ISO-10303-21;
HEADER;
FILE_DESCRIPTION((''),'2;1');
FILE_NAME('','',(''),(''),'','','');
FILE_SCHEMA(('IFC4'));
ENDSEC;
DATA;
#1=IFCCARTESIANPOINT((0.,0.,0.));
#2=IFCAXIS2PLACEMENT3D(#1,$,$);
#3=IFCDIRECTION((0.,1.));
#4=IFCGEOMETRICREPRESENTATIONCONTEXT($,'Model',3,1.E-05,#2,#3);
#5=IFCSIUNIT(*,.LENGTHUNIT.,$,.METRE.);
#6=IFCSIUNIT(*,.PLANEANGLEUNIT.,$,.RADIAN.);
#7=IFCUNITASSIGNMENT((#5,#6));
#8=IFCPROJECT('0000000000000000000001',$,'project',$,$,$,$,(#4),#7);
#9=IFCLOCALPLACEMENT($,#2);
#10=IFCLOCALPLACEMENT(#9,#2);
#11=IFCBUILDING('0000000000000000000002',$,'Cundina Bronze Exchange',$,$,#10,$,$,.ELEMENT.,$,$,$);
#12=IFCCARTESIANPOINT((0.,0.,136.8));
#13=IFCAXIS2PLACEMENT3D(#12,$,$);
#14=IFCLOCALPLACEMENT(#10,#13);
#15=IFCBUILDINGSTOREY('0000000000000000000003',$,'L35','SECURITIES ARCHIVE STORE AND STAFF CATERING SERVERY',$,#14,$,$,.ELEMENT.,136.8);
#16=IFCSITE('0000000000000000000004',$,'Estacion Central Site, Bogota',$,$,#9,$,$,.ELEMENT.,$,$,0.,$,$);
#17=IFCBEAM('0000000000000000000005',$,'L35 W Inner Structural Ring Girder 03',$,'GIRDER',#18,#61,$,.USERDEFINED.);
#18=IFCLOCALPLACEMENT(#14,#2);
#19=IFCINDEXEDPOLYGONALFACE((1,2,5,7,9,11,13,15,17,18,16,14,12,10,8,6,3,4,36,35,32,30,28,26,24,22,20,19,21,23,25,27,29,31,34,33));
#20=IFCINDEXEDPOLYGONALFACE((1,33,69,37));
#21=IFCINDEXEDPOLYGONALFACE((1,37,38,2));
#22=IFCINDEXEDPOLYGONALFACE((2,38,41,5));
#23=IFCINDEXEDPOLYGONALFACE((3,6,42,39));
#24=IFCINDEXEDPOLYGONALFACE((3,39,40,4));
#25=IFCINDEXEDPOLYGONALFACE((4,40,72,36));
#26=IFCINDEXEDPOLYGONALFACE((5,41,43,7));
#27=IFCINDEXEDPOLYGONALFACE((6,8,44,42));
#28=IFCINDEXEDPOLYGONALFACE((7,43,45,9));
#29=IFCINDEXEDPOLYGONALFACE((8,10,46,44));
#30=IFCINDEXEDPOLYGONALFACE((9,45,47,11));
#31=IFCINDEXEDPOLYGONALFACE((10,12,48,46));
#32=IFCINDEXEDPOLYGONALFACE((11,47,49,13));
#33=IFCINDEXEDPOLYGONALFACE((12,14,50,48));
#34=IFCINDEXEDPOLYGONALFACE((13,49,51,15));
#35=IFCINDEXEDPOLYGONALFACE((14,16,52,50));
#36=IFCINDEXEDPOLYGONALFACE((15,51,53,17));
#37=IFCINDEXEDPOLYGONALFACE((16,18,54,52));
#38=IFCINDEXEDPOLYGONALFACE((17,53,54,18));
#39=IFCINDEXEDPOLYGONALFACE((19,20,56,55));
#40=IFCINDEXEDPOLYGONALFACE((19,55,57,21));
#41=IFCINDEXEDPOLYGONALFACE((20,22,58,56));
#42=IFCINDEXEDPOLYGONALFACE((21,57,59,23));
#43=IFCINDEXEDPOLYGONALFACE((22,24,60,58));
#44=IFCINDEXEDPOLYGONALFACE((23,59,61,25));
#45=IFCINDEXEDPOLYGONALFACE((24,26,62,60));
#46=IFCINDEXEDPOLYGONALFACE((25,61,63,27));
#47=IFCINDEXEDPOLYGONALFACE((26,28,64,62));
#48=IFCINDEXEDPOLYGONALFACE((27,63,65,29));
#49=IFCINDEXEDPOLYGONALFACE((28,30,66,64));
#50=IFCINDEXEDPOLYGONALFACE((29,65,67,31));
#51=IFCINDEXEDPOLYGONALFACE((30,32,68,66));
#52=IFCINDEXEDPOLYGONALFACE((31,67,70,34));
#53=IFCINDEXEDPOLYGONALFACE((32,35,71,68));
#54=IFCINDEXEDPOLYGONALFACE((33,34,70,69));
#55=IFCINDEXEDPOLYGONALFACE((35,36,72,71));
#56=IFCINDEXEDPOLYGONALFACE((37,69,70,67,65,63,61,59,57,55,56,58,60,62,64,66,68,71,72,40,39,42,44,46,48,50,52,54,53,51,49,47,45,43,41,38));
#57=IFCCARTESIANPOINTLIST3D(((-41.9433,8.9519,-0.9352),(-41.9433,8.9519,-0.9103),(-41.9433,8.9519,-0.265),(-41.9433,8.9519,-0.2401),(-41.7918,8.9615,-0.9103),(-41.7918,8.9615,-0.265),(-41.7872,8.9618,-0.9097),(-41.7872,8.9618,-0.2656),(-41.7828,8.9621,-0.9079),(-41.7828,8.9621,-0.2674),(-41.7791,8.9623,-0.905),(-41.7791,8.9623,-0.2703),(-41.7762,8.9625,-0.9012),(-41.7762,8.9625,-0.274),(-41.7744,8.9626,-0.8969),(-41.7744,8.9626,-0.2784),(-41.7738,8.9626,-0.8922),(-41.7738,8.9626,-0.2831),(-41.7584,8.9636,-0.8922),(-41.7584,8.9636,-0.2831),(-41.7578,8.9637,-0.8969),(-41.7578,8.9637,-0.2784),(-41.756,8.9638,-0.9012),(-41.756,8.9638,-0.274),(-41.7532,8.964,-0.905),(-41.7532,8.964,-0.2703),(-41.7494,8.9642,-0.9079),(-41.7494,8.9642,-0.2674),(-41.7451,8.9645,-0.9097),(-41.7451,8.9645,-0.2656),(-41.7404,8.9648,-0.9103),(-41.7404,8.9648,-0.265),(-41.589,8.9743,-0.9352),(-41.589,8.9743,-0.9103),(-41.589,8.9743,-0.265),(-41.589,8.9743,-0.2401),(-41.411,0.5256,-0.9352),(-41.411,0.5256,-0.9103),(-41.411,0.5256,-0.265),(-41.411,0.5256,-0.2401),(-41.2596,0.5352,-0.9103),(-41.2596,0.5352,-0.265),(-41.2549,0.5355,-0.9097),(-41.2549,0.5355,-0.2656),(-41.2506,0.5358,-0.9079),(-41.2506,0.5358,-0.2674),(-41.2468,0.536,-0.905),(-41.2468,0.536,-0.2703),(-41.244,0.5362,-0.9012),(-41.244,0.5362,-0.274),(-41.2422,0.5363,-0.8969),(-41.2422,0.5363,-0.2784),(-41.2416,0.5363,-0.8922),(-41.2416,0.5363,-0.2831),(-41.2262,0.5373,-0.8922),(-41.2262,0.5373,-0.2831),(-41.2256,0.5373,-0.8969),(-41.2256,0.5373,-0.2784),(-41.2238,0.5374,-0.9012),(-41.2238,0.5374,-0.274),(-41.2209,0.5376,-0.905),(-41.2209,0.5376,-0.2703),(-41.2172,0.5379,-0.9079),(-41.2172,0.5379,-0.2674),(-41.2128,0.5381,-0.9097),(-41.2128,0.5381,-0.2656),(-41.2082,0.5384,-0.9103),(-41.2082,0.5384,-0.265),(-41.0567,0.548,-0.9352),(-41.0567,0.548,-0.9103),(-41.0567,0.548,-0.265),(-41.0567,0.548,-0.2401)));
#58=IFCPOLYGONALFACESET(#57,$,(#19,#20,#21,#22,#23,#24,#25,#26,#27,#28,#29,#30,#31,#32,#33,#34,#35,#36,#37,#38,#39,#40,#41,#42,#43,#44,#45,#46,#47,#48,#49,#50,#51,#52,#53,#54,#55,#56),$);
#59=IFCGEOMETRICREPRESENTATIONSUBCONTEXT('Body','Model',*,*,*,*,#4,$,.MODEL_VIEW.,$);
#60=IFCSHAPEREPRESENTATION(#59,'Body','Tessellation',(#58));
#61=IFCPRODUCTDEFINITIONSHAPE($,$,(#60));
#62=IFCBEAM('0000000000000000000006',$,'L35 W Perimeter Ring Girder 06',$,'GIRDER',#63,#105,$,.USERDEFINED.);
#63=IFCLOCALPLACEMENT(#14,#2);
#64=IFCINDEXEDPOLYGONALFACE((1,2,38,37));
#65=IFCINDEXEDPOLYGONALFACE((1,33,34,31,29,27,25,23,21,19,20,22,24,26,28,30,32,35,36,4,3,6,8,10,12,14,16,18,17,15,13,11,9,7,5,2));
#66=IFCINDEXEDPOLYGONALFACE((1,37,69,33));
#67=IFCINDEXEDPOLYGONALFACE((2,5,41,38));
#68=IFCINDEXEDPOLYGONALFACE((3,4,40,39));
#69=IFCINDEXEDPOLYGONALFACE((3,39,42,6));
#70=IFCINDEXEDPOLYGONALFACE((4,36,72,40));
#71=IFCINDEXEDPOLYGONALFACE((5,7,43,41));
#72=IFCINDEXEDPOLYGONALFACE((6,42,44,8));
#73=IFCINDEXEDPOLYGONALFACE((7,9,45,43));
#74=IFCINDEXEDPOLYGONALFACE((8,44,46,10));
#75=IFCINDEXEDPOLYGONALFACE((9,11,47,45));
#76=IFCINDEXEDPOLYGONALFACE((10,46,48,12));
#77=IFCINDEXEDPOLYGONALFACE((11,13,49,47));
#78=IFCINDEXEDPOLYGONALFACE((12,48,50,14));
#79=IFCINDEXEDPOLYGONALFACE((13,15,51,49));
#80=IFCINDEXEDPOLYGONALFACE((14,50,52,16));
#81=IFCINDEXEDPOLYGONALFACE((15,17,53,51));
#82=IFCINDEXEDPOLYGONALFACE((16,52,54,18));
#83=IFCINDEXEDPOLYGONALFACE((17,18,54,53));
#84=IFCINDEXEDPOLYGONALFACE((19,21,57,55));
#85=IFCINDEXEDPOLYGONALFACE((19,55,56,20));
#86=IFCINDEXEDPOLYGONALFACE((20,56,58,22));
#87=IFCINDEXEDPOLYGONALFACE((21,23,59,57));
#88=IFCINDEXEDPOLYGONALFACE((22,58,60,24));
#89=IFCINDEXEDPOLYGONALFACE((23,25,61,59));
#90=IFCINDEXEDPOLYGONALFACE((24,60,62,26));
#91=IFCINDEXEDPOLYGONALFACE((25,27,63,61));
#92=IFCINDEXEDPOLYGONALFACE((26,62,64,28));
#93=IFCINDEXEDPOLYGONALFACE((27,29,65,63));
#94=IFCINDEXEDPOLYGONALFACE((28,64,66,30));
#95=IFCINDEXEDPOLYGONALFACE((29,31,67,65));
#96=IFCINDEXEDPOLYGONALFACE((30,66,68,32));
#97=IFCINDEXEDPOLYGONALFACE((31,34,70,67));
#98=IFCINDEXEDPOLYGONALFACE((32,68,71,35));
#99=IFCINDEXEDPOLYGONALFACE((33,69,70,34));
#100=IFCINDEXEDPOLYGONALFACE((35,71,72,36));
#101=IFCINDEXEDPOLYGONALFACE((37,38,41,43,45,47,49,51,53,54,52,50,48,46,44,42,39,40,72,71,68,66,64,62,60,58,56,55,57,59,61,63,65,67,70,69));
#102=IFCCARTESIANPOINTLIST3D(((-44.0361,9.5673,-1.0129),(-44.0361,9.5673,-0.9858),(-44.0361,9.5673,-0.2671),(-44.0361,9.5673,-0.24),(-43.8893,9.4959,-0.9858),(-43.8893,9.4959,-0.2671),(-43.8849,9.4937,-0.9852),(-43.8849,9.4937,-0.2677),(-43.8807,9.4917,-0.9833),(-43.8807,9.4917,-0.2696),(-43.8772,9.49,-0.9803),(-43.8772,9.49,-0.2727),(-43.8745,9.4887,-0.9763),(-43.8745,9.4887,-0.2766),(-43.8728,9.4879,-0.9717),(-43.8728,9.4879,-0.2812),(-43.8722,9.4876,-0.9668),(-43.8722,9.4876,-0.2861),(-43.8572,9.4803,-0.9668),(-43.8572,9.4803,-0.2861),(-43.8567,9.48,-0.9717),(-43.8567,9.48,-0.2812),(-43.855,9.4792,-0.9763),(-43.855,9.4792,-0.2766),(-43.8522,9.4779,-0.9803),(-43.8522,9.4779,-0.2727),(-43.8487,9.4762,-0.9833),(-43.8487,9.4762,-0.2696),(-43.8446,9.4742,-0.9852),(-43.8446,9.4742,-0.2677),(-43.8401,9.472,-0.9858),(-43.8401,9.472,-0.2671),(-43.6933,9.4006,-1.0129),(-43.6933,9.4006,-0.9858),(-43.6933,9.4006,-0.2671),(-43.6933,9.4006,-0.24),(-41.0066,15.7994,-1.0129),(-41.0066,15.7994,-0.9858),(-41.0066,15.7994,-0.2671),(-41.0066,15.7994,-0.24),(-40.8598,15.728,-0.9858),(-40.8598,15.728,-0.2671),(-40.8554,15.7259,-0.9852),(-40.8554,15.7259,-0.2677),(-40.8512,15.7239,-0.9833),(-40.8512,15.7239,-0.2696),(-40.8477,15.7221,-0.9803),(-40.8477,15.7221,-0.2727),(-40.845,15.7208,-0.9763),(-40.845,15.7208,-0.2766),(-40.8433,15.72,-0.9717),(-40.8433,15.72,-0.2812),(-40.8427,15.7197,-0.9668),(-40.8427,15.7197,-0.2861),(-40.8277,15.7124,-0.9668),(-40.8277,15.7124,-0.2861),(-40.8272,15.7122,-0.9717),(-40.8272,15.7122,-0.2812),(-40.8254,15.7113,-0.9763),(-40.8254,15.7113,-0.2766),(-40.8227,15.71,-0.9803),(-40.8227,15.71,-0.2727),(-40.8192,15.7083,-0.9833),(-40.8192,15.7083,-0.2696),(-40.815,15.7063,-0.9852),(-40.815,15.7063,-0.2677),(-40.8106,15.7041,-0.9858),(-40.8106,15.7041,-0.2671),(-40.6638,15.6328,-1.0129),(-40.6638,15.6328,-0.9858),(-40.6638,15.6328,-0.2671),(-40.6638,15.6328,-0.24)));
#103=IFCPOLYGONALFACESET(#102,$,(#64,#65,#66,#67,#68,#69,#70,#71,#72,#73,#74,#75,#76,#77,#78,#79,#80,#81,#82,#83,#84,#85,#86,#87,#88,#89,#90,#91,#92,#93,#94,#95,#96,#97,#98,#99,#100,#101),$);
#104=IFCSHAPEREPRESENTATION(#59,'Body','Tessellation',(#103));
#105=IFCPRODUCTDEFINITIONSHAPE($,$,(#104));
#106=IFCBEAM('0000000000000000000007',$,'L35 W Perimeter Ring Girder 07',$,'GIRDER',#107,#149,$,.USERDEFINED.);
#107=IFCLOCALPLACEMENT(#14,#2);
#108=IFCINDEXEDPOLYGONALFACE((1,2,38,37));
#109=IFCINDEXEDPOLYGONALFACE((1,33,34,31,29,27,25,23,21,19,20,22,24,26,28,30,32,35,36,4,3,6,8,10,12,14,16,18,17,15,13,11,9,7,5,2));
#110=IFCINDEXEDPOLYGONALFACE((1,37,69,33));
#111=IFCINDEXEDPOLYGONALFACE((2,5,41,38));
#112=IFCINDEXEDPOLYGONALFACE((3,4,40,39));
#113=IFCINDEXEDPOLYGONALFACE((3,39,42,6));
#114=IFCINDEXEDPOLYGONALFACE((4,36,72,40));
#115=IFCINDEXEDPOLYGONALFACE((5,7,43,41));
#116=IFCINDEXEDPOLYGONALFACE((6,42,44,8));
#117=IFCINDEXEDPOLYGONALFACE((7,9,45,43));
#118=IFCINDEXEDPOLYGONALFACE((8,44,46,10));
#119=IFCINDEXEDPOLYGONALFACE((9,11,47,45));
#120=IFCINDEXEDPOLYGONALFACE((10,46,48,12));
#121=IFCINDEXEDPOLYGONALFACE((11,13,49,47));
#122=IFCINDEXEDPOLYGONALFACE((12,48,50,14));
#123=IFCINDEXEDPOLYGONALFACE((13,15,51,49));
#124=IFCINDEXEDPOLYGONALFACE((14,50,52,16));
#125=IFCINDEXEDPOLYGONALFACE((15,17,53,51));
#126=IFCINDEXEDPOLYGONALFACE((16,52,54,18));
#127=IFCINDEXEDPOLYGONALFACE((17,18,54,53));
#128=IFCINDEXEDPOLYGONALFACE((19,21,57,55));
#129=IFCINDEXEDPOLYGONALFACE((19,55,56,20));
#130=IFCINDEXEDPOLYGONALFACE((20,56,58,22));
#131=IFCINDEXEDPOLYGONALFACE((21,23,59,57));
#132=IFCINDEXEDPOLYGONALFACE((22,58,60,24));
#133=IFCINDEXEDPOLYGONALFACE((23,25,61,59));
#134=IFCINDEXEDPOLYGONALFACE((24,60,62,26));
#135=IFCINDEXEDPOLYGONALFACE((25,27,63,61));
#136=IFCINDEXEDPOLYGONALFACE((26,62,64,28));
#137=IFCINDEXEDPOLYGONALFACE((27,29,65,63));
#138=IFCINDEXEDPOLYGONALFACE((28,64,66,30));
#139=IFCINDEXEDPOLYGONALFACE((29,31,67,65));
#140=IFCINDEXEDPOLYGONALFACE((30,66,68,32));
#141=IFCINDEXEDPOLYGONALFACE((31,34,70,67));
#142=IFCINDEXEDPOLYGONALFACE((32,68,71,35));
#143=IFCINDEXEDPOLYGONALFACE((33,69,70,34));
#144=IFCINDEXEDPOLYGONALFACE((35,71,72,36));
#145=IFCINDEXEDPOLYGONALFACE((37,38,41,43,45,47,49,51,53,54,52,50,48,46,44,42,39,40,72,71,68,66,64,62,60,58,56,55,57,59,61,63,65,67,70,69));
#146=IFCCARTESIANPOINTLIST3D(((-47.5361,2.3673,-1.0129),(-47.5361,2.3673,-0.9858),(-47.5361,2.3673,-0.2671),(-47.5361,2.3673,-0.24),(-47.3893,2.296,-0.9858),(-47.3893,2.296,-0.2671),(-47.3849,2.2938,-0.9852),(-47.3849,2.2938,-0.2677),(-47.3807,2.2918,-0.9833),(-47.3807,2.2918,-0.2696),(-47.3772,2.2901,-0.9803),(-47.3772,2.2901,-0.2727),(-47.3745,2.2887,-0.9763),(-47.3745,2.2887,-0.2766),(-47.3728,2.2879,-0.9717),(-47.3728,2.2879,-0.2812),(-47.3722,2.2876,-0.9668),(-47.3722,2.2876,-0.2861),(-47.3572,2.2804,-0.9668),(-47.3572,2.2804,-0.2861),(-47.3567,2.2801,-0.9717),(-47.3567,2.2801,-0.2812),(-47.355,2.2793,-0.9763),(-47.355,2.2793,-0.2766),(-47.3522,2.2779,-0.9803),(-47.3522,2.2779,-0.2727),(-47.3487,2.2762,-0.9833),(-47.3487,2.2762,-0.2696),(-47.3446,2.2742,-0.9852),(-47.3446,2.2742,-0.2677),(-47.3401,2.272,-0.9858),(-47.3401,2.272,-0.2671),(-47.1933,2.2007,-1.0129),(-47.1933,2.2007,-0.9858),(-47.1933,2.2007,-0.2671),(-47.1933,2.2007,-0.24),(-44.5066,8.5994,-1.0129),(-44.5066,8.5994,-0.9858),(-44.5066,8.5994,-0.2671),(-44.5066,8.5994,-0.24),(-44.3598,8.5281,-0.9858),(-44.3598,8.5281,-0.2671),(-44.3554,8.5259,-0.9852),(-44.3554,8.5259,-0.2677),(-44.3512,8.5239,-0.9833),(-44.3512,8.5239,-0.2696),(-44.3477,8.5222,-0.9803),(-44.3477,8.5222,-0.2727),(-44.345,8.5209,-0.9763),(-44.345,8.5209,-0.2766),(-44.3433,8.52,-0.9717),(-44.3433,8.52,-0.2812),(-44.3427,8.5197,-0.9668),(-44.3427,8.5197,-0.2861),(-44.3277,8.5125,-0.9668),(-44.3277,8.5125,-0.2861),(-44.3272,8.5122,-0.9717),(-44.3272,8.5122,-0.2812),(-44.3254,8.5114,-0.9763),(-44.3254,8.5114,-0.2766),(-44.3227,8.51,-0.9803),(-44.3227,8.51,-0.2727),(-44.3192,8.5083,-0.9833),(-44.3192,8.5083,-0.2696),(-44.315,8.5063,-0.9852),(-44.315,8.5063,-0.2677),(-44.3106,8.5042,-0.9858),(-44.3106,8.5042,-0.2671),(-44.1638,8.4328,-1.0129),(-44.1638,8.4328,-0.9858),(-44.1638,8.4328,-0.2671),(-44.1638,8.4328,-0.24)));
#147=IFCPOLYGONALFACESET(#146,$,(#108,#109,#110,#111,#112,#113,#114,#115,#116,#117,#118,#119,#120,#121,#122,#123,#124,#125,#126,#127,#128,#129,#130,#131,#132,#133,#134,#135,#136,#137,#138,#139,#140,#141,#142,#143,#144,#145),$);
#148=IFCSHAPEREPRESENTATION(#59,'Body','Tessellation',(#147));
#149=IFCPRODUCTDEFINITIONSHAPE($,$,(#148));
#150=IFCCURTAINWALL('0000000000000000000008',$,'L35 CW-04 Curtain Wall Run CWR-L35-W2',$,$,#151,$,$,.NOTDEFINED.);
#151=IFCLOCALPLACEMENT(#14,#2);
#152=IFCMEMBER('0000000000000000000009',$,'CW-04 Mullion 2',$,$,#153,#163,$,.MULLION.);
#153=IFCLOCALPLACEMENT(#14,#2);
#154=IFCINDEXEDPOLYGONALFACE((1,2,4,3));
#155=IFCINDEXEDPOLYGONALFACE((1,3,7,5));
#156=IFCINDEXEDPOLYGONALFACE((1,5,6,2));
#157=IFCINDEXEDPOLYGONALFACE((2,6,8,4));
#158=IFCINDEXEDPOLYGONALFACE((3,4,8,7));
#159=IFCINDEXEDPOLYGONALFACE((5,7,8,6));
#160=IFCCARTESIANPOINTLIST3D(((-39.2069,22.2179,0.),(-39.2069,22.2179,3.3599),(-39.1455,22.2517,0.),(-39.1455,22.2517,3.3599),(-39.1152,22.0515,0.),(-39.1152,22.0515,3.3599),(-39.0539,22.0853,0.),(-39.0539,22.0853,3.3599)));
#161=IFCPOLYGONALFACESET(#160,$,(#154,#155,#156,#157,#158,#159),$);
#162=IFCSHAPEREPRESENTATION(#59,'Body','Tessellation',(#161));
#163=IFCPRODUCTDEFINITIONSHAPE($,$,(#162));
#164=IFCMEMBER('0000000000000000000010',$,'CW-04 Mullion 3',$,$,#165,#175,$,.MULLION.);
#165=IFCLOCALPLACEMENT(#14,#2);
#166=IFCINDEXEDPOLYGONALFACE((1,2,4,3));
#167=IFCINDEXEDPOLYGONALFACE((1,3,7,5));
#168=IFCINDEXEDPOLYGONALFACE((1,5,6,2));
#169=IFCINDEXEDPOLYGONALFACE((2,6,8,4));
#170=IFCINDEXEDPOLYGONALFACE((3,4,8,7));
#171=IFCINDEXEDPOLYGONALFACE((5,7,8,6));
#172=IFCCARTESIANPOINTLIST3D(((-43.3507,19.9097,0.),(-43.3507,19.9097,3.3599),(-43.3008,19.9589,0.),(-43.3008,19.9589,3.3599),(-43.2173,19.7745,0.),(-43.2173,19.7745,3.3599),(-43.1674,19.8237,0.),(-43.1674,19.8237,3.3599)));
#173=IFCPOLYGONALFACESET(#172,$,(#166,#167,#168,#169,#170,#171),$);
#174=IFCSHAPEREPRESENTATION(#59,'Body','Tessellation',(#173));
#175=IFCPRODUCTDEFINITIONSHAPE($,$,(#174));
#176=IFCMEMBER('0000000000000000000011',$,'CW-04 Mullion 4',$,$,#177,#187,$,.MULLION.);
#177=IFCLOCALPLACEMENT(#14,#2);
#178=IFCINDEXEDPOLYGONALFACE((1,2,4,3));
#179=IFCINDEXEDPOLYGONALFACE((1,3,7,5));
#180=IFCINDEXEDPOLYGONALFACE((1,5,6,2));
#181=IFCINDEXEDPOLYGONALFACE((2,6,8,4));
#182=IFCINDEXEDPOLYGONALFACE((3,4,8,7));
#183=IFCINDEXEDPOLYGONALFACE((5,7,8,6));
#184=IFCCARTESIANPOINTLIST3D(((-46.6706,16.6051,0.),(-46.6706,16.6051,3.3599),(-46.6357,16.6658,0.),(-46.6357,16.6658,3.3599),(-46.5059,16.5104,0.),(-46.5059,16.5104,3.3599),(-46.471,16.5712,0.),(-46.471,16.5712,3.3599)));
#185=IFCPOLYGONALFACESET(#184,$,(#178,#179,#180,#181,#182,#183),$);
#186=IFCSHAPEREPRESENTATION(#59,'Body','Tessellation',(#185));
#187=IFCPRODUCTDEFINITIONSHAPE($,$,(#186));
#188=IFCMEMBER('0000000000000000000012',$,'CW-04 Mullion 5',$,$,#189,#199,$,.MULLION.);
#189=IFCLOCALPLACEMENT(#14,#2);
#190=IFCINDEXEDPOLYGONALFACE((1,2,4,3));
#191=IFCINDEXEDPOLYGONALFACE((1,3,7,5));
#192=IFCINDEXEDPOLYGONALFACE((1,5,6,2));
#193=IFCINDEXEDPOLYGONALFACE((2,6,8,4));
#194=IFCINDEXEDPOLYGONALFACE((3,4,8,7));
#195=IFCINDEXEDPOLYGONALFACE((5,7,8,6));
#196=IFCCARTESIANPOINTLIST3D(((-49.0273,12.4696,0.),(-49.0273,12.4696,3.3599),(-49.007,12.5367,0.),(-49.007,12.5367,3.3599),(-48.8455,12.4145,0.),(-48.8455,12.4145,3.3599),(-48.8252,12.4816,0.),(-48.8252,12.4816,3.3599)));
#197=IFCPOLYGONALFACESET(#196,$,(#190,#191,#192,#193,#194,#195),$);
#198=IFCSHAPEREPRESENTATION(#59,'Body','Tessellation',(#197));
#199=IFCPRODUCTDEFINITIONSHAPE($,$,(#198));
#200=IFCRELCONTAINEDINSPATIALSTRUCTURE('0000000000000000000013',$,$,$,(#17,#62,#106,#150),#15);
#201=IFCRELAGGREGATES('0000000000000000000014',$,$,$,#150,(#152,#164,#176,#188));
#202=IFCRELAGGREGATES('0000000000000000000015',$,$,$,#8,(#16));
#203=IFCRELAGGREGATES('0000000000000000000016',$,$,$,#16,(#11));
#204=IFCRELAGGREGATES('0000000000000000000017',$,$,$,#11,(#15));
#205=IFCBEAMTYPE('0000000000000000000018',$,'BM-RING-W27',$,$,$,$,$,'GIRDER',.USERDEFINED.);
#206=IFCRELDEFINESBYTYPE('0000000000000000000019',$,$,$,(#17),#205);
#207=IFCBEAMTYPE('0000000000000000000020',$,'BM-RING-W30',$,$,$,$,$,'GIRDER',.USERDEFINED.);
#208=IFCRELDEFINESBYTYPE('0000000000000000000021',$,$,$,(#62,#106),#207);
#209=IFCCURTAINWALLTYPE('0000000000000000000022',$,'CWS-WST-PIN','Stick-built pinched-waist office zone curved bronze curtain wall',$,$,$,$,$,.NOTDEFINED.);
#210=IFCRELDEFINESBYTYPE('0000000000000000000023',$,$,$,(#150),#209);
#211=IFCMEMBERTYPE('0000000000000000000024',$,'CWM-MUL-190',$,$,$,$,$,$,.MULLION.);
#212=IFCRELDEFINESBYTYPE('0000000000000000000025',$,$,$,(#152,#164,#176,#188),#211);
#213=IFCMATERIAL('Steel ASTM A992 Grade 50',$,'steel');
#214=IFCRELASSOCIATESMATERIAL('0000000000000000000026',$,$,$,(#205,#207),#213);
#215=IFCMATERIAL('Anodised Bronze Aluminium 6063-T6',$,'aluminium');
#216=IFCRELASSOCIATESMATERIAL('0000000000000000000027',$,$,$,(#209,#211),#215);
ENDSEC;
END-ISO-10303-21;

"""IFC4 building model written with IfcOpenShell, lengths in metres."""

from ifc_helpers import new_model, si_unit, direction, frame, origin, origin_2d, place, context, subcontext, project, spatial, rectangle, i_section, extrude, material, material_profile, profile_set, type_object, element, aggregate, save


model = new_model("IFC4")

# Units and contexts
model_context = context("Model", 3, precision=1e-05, world=origin(), true_north=direction((0.0, 1.0)))
body_context = subcontext(model_context, "Body", "Model", "MODEL_VIEW")
ifc_project = project(units=[si_unit("LENGTHUNIT", "METRE"), si_unit("PLANEANGLEUNIT", "RADIAN")], contexts=[model_context])

# Site, building, storey
site_placement = place(None, origin())
site = spatial("IfcSite", under=ifc_project, at=site_placement, Name="Estacion Central Site, Bogota", CompositionType="ELEMENT", RefElevation=0.0)
building_placement = place(site_placement, origin())
building = spatial("IfcBuilding", under=site, at=building_placement, Name="Cundina Bronze Exchange", CompositionType="ELEMENT")
storey_placement = place(building_placement, frame((0.0, 0.0, 136.8)))
storey = spatial("IfcBuildingStorey", under=building, at=storey_placement, Name="L35", Description="SECURITIES ARCHIVE STORE AND STAFF CATERING SERVERY", CompositionType="ELEMENT", Elevation=136.8)

# Beams
ifc_material_1 = material(Name="Steel ASTM A992 Grade 50", Category="steel")
ifc_material_profile_1 = material_profile(ifc_material_1, i_section(OverallWidth=0.355, OverallDepth=0.6951, WebThickness=0.0154, FlangeThickness=0.0249, FilletRadius=0.0181, at=origin_2d()), Name="W27X146", Category="steel")
ifc_profile_set_1 = profile_set([ifc_material_profile_1], Name="Steel ASTM A992 Grade 50")
beam_type_1 = type_object("IfcBeamType", Name="BM-RING-W27", ElementType="GIRDER", PredefinedType="USERDEFINED", material=ifc_profile_set_1)
beam_1_placement = place(storey_placement, frame((-41.7661, 8.9631, -0.5876), z_axis=(0.063037, -0.998011, 0.0), x_axis=(0.998011, 0.063037, 0.0)))
element("IfcBeam", 1, at=beam_1_placement, inside=storey, type_object=beam_type_1, Name="L35 W Inner Structural Ring Girder 03", ObjectType="GIRDER", PredefinedType="USERDEFINED", context=body_context, shape_type="SweptSolid", body=[
    extrude(i_section(OverallWidth=0.355, OverallDepth=0.6951, WebThickness=0.0154, FlangeThickness=0.0249, FilletRadius=0.0181, at=origin_2d()), origin(), (0.0, 0.0, 1.0), 8.4431),
])
ifc_material_profile_2 = material_profile(ifc_material_1, i_section(OverallWidth=0.3811, OverallDepth=0.7729, WebThickness=0.0166, FlangeThickness=0.0271, FilletRadius=0.019, at=origin_2d()), Name="W30X173", Category="steel")
ifc_profile_set_2 = profile_set([ifc_material_profile_2], Name="Steel ASTM A992 Grade 50")
beam_type_2 = type_object("IfcBeamType", Name="BM-RING-W30", ElementType="GIRDER", PredefinedType="USERDEFINED", material=ifc_profile_set_2)
for number, where, z_axis, x_axis, name in (
    (2, (-40.8352, 15.7161, -0.6265), (-0.437194, -0.899367, 0.0), (0.899367, -0.437194, 0.0), "L35 W Perimeter Ring Girder 06"),
    (3, (-44.3352, 8.5161, -0.6265), (-0.437194, -0.899367, 0.0), (0.899367, -0.437194, 0.0), "L35 W Perimeter Ring Girder 07"),
):
    element("IfcBeam", number, at=place(storey_placement, frame(where, z_axis=z_axis, x_axis=x_axis)), inside=storey, type_object=beam_type_2, Name=name, ObjectType="GIRDER", PredefinedType="USERDEFINED", context=body_context, shape_type="SweptSolid", body=[
        extrude(i_section(OverallWidth=0.3811, OverallDepth=0.7729, WebThickness=0.0166, FlangeThickness=0.0271, FilletRadius=0.019, at=origin_2d()), origin(), (0.0, 0.0, 1.0), 6.9294),
    ])

# Curtain wall, members
ifc_material_2 = material(Name="Anodised Bronze Aluminium 6063-T6", Category="aluminium")
curtain_wall_type = type_object("IfcCurtainWallType", Name="CWS-WST-PIN", Description="Stick-built pinched-waist office zone curved bronze curtain wall", PredefinedType="NOTDEFINED", material=ifc_material_2)
curtain_wall_placement = place(storey_placement, origin())
curtain_wall = element("IfcCurtainWall", 4, at=curtain_wall_placement, inside=storey, type_object=curtain_wall_type, Name="L35 CW-04 Curtain Wall Run CWR-L35-W2", PredefinedType="NOTDEFINED")
ifc_material_profile_3 = material_profile(ifc_material_2, rectangle(XDim=0.0701, YDim=0.1899, at=origin_2d()), Name="AL70X190", Category="aluminium")
ifc_profile_set_3 = profile_set([ifc_material_profile_3], Name="Anodised Bronze Aluminium 6063-T6")
member_type_1 = type_object("IfcMemberType", Name="CWM-MUL-190", PredefinedType="MULLION", material=ifc_profile_set_3)
member_1_placement = place(storey_placement, frame((-39.1304, 22.1516, 0.0), z_axis=(0.0, 0.0, 1.0), x_axis=(-0.875886, -0.482518, 0.0)))
member_1 = element("IfcMember", 5, at=member_1_placement, type_object=member_type_1, Name="CW-04 Mullion 2", PredefinedType="MULLION", context=body_context, shape_type="SweptSolid", body=[
    extrude(rectangle(XDim=0.0701, YDim=0.1899, at=origin_2d()), origin(), (0.0, 0.0, 1.0), 3.3599),
])
member_2_placement = place(storey_placement, frame((-43.259, 19.8667, 0.0), z_axis=(0.0, 0.0, 1.0), x_axis=(-0.712026, -0.702153, 0.0)))
member_2 = element("IfcMember", 6, at=member_2_placement, type_object=member_type_1, Name="CW-04 Mullion 3", PredefinedType="MULLION", context=body_context, shape_type="SweptSolid", body=[
    extrude(rectangle(XDim=0.0701, YDim=0.1899, at=origin_2d()), origin(), (0.0, 0.0, 1.0), 3.3599),
])
member_3_placement = place(storey_placement, frame((-46.5708, 16.5881, 0.0), z_axis=(0.0, 0.0, 1.0), x_axis=(-0.498488, -0.866897, 0.0)))
member_3 = element("IfcMember", 7, at=member_3_placement, type_object=member_type_1, Name="CW-04 Mullion 4", PredefinedType="MULLION", context=body_context, shape_type="SweptSolid", body=[
    extrude(rectangle(XDim=0.0701, YDim=0.1899, at=origin_2d()), origin(), (0.0, 0.0, 1.0), 3.3599),
])
member_4_placement = place(storey_placement, frame((-48.9263, 12.4756, 0.0), z_axis=(0.0, 0.0, 1.0), x_axis=(-0.290034, -0.957016, 0.0)))
member_4 = element("IfcMember", 8, at=member_4_placement, type_object=member_type_1, Name="CW-04 Mullion 5", PredefinedType="MULLION", context=body_context, shape_type="SweptSolid", body=[
    extrude(rectangle(XDim=0.0701, YDim=0.1899, at=origin_2d()), origin(), (0.0, 0.0, 1.0), 3.3599),
])
aggregate(curtain_wall, [member_1, member_2, member_3, member_4])

save(model, "model.ifc")
